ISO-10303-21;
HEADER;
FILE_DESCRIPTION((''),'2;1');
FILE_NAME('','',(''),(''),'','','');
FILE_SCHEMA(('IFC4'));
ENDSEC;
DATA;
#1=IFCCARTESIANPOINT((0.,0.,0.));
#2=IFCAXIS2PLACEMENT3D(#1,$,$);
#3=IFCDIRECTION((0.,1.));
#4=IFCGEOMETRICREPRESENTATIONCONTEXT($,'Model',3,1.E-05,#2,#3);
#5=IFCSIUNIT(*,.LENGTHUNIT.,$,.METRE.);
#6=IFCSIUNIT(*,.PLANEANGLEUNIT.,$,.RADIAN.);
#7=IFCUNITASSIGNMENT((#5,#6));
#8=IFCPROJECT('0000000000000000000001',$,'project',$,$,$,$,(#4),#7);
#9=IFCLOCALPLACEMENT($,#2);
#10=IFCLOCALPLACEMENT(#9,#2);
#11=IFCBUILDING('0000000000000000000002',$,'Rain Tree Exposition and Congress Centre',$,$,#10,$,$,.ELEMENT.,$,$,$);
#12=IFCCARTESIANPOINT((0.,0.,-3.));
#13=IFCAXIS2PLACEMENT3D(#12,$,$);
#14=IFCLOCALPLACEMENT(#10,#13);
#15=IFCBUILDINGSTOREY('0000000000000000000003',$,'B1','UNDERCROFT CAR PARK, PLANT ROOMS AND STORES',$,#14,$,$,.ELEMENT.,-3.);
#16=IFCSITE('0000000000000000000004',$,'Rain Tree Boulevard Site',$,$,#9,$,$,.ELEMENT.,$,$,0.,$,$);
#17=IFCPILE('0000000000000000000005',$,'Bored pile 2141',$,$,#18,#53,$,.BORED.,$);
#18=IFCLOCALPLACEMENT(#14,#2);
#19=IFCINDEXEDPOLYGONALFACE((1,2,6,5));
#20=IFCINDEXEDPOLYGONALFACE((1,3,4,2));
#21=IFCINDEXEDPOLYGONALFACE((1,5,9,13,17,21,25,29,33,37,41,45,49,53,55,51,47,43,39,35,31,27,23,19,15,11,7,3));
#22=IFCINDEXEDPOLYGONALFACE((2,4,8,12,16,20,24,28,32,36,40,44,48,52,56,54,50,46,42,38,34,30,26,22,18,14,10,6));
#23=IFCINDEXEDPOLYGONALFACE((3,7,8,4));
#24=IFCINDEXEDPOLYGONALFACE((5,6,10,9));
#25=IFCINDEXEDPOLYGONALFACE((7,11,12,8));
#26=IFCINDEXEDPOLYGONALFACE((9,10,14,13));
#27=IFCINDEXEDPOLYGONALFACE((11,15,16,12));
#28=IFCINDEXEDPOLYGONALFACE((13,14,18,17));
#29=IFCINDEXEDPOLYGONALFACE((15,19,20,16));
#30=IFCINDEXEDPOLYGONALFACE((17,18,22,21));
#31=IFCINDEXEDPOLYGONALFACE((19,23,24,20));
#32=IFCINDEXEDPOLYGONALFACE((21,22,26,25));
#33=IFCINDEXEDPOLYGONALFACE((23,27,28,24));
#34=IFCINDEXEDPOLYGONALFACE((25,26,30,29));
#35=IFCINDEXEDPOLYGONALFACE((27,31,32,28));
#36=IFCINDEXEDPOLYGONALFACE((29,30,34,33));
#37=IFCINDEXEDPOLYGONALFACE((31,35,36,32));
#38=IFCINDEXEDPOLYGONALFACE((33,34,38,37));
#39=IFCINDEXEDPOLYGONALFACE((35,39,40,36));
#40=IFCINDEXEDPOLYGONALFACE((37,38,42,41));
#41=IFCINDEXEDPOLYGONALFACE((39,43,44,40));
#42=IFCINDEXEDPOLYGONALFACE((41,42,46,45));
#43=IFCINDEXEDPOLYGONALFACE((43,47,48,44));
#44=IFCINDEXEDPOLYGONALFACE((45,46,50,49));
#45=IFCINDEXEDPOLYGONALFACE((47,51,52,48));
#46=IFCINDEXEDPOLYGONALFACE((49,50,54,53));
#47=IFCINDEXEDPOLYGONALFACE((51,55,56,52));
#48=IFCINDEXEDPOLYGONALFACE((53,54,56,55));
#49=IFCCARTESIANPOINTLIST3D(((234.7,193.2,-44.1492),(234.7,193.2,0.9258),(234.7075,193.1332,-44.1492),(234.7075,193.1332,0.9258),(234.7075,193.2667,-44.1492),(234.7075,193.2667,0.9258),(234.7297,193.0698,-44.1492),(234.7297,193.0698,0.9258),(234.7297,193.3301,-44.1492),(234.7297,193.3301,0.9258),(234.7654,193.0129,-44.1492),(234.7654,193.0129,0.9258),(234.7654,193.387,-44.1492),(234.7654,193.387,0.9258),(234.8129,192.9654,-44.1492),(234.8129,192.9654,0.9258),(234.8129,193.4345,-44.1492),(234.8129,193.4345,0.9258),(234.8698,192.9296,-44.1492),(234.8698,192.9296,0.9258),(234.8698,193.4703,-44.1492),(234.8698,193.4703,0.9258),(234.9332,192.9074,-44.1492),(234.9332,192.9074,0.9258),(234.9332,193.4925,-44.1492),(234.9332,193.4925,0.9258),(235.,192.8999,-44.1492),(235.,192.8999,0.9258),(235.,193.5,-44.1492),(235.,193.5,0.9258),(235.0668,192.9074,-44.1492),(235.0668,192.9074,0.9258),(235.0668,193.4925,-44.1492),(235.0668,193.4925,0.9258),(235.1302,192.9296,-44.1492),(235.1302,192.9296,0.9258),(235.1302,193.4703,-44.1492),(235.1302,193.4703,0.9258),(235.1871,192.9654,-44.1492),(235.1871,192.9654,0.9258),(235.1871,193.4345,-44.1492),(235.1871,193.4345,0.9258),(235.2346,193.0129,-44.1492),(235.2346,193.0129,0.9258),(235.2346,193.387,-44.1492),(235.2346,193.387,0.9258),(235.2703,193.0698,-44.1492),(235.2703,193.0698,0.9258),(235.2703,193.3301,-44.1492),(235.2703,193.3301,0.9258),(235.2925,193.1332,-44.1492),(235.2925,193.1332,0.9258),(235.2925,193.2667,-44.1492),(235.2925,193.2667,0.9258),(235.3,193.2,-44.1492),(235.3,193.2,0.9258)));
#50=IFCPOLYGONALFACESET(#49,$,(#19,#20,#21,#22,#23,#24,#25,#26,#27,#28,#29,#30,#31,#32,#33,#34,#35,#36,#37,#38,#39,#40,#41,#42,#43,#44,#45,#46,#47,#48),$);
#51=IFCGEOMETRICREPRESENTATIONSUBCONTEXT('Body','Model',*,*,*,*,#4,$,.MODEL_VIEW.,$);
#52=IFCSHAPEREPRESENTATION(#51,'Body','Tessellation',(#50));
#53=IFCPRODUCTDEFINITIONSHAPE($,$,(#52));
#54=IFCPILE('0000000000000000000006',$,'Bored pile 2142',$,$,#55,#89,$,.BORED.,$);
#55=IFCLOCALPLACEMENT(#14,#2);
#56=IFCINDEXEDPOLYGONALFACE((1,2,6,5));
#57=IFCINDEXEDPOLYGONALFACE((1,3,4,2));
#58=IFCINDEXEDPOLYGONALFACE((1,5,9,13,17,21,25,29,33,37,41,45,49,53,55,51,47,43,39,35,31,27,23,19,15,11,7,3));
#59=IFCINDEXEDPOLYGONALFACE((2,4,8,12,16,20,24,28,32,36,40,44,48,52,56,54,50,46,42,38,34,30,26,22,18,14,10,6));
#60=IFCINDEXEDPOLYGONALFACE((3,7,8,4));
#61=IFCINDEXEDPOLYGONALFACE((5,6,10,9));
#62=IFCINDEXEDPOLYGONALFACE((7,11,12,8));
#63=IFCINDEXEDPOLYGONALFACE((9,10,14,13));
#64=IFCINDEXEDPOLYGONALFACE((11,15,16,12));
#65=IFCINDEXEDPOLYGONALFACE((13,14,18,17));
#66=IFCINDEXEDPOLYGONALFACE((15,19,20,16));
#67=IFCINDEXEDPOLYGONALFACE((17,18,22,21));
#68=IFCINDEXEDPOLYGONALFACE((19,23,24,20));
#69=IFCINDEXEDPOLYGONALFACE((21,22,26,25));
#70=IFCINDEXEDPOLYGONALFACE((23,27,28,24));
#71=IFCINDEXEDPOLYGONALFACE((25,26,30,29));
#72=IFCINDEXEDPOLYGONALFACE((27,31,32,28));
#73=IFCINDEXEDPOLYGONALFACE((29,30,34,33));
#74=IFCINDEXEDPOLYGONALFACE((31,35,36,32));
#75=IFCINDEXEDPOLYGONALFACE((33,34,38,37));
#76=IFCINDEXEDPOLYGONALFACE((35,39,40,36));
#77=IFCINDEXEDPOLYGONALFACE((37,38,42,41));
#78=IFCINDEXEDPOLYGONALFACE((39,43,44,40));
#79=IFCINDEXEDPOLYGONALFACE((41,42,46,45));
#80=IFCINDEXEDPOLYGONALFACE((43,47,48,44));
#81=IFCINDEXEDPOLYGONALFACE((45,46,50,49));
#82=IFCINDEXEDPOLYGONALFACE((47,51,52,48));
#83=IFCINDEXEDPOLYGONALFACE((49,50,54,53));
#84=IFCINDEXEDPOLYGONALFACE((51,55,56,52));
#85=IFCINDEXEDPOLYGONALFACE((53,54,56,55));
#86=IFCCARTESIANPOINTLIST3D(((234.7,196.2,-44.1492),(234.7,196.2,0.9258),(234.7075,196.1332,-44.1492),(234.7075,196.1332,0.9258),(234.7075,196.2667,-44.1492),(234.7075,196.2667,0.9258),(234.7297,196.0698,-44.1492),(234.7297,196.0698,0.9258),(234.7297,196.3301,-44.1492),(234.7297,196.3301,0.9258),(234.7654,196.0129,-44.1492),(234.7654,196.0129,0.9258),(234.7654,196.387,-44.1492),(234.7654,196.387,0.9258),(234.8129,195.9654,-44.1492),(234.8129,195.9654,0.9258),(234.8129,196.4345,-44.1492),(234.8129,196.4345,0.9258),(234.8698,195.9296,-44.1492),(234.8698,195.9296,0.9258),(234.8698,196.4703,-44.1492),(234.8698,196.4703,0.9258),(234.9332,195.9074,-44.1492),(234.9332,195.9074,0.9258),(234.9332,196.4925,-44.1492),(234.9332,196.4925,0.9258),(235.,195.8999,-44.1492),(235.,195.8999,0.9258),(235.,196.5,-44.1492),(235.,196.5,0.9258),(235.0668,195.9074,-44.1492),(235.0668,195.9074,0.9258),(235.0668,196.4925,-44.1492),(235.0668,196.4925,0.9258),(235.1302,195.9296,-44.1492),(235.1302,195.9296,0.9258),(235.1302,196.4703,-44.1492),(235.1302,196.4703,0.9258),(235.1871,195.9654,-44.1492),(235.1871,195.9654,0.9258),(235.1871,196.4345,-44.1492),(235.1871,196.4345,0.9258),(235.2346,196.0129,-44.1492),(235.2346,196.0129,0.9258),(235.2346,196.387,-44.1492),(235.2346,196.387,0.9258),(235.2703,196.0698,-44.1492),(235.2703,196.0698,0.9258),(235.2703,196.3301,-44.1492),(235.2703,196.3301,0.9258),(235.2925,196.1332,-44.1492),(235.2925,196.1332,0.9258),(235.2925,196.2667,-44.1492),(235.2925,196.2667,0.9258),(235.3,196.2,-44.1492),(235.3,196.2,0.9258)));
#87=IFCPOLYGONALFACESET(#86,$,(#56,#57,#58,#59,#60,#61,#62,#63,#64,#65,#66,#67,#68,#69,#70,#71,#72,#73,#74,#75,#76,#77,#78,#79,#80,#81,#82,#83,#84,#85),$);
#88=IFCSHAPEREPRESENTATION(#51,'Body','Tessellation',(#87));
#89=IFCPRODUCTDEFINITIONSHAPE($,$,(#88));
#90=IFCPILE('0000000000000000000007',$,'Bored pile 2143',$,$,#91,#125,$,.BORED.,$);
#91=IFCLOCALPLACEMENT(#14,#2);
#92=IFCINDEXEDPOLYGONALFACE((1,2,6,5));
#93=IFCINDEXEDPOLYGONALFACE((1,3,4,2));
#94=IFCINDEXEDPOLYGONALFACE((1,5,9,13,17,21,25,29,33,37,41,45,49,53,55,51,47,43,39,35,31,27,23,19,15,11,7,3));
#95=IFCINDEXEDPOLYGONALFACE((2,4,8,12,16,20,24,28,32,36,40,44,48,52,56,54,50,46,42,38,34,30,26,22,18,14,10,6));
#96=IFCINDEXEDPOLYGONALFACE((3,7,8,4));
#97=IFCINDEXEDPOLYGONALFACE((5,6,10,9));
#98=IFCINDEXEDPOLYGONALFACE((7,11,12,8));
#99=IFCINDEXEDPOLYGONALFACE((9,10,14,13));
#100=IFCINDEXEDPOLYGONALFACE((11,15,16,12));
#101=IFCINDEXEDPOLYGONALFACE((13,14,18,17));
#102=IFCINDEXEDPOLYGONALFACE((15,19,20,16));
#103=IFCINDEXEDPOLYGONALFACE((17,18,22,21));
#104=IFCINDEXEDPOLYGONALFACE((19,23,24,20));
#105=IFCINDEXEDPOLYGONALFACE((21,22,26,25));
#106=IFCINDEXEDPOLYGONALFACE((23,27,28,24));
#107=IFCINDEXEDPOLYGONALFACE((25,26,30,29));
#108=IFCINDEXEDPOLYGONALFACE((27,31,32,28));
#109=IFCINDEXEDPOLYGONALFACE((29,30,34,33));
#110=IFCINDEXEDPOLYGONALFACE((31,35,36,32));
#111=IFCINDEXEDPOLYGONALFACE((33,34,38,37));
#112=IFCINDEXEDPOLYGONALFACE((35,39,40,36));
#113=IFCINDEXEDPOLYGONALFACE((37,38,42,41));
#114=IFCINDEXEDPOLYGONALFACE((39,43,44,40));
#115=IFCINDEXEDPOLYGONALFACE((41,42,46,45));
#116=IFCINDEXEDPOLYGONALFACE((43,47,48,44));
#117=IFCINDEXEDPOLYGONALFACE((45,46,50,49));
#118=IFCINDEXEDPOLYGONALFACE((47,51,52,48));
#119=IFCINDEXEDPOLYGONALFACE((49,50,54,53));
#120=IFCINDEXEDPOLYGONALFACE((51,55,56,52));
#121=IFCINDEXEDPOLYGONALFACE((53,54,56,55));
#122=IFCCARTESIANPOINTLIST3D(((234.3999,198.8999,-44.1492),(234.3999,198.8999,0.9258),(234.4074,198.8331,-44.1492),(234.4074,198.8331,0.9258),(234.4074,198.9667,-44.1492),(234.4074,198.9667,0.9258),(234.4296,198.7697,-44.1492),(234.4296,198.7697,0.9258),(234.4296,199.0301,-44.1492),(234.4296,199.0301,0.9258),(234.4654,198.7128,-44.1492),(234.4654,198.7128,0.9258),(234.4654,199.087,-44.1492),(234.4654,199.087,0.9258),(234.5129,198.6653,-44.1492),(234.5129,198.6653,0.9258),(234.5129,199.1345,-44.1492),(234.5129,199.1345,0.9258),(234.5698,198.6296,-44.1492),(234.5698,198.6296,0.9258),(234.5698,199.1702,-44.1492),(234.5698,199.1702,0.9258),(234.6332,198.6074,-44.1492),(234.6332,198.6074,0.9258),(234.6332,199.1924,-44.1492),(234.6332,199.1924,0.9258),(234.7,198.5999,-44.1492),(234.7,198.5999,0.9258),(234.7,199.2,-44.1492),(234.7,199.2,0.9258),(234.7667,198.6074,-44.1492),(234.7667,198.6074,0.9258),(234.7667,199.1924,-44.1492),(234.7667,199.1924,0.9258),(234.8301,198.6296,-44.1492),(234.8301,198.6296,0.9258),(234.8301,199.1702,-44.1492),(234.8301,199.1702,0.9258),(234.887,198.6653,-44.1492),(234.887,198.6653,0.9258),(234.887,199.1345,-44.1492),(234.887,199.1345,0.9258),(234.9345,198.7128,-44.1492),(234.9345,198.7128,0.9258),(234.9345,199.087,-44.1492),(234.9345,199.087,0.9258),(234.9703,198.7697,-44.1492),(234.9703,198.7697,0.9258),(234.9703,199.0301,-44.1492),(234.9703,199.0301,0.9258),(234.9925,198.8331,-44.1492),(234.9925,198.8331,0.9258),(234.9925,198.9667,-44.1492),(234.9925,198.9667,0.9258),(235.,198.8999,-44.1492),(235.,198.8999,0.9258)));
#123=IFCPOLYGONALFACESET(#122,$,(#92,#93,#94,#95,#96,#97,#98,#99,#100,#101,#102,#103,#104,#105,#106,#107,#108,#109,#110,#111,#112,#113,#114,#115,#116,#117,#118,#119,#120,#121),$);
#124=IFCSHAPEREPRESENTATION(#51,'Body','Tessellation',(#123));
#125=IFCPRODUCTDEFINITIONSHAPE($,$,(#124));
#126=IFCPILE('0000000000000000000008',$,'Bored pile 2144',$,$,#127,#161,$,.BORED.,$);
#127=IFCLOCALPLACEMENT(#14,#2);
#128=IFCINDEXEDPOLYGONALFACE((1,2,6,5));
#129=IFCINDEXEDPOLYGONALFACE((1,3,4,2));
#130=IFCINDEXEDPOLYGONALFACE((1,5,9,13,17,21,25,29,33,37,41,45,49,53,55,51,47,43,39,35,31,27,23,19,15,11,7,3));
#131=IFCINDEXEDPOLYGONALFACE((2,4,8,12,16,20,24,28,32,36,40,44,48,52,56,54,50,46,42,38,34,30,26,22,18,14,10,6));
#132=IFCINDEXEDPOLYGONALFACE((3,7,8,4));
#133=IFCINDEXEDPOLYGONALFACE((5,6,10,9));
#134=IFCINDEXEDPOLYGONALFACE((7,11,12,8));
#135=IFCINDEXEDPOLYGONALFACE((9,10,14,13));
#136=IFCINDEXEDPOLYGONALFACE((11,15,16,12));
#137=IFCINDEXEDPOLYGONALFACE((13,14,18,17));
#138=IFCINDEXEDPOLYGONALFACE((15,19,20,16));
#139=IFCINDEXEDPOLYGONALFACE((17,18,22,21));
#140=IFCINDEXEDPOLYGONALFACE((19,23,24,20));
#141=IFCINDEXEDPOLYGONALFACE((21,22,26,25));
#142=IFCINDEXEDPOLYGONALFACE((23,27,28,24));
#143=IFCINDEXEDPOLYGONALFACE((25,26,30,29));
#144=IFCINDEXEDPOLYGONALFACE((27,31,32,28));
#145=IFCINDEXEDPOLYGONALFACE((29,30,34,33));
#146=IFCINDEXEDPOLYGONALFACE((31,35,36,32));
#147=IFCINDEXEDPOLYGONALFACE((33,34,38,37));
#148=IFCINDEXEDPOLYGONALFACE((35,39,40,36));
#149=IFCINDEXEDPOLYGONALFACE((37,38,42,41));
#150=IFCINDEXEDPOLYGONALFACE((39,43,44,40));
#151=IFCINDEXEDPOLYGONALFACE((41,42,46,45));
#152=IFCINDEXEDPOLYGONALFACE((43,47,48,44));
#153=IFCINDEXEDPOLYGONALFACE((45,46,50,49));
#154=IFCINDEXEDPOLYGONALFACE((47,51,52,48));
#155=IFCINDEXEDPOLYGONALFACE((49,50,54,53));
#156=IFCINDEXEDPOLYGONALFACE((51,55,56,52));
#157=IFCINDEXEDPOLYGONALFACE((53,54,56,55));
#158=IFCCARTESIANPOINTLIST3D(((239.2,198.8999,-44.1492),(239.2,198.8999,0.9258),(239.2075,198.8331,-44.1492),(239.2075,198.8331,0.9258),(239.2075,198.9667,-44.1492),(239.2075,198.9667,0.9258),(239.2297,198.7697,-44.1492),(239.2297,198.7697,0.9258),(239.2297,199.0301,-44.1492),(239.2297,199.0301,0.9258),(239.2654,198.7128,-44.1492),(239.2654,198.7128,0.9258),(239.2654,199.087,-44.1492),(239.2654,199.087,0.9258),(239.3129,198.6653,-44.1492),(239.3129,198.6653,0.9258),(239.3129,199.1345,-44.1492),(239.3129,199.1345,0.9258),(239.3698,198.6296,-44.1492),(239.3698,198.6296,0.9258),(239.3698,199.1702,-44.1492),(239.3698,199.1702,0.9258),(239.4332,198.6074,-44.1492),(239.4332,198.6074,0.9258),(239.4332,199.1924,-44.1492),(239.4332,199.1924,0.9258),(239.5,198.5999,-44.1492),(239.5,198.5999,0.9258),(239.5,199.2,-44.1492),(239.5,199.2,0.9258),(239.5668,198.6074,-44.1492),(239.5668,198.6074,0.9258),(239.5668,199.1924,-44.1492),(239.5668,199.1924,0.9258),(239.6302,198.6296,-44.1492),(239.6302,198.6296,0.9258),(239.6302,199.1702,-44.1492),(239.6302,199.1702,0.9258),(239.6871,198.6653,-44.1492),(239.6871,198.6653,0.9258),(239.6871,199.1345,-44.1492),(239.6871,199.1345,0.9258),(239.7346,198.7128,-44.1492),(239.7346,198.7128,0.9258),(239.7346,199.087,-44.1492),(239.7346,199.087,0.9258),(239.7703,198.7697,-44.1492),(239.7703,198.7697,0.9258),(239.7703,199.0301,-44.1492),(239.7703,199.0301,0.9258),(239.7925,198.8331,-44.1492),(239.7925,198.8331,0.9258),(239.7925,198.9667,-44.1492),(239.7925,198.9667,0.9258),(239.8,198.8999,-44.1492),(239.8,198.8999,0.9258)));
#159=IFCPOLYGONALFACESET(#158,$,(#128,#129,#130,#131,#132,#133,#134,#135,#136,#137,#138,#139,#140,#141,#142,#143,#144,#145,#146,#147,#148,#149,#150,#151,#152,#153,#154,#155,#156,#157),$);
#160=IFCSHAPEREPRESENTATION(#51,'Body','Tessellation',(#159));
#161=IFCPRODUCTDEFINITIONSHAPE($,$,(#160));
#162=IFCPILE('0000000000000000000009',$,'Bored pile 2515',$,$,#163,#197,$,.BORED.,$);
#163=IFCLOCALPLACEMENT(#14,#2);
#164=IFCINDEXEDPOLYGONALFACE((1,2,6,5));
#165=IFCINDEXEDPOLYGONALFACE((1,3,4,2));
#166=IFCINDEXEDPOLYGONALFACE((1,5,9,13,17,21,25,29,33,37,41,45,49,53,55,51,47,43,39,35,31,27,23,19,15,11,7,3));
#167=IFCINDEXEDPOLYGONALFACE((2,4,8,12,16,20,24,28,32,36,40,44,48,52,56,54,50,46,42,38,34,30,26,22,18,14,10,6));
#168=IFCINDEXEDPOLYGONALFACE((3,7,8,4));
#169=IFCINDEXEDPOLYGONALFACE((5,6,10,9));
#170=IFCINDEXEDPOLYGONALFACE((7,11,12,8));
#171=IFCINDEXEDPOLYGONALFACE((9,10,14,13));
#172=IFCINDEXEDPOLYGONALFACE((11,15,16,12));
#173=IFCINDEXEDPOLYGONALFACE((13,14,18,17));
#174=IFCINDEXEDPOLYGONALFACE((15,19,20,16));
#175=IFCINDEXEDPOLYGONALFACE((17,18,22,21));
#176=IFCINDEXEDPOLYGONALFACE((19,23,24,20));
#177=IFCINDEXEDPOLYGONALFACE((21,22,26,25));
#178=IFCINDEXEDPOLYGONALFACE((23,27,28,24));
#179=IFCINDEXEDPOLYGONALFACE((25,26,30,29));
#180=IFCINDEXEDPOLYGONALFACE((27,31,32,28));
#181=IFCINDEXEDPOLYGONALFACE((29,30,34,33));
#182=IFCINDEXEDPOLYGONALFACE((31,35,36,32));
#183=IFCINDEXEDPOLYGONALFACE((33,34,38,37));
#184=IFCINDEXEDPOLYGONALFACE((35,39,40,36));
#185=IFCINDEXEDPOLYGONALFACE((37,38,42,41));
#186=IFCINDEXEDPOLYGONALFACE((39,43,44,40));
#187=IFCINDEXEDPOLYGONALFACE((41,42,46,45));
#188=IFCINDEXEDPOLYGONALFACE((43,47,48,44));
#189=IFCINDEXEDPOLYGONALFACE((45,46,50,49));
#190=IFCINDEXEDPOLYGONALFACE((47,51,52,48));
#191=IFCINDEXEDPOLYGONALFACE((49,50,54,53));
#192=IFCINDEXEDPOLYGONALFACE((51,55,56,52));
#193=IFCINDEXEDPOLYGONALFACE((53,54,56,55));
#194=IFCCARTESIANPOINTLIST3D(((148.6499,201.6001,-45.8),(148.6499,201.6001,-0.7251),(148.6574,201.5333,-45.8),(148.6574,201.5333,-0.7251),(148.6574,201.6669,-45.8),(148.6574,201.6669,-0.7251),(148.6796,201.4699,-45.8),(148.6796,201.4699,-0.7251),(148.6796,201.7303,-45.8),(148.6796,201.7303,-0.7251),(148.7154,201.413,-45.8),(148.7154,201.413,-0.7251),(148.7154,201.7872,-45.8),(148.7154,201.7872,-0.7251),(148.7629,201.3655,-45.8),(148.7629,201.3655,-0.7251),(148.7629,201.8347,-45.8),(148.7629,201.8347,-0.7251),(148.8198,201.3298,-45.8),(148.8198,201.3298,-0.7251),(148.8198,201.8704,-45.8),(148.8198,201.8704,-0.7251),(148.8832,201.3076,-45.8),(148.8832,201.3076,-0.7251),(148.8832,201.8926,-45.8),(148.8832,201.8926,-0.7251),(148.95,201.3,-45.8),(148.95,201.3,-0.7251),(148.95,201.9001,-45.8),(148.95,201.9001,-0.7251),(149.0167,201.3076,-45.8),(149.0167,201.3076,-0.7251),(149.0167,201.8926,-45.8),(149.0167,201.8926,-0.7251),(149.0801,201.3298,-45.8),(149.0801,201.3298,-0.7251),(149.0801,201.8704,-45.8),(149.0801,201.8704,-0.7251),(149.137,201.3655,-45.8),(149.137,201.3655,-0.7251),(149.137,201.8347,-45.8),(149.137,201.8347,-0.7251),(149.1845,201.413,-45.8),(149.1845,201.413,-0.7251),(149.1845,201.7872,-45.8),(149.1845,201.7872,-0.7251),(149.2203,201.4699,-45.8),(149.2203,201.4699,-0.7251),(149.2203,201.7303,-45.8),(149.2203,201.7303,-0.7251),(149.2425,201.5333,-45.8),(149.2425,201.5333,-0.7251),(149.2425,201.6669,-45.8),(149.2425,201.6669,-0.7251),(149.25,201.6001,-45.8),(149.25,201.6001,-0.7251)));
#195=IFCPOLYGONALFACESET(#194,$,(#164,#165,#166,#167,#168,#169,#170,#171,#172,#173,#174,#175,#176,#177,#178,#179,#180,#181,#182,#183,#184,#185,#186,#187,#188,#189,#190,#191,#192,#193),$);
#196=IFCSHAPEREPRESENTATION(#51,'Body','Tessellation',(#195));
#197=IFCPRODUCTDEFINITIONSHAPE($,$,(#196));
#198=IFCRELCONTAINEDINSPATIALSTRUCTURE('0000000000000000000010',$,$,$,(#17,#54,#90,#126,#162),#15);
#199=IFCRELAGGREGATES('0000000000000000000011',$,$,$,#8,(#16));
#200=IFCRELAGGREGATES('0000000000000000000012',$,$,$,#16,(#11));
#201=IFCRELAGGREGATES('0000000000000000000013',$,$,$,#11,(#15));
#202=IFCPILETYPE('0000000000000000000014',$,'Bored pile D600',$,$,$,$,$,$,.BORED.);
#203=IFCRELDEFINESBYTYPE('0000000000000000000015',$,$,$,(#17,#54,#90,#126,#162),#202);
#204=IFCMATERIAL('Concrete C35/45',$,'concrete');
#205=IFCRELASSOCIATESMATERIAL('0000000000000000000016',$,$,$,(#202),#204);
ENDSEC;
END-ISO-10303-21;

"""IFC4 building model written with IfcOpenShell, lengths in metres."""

from ifc_helpers import new_model, si_unit, direction, frame, origin, origin_2d, place, context, subcontext, project, spatial, circle, extrude, material, material_profile, profile_set, type_object, element, save


model = new_model("IFC4")

# Units and contexts
model_context = context("Model", 3, precision=1e-05, world=origin(), true_north=direction((0.0, 1.0)))
body_context = subcontext(model_context, "Body", "Model", "MODEL_VIEW")
ifc_project = project(units=[si_unit("LENGTHUNIT", "METRE"), si_unit("PLANEANGLEUNIT", "RADIAN")], contexts=[model_context])

# Site, building, storey
site_placement = place(None, origin())
site = spatial("IfcSite", under=ifc_project, at=site_placement, Name="Rain Tree Boulevard Site", CompositionType="ELEMENT", RefElevation=0.0)
building_placement = place(site_placement, origin())
building = spatial("IfcBuilding", under=site, at=building_placement, Name="Rain Tree Exposition and Congress Centre", CompositionType="ELEMENT")
storey_placement = place(building_placement, frame((0.0, 0.0, -3.0)))
storey = spatial("IfcBuildingStorey", under=building, at=storey_placement, Name="B1", Description="UNDERCROFT CAR PARK, PLANT ROOMS AND STORES", CompositionType="ELEMENT", Elevation=-3.0)

# Piles
ifc_material_1 = material(Name="Concrete C35/45", Category="concrete")
ifc_material_profile_1 = material_profile(ifc_material_1, circle(Radius=0.3, at=origin_2d()), Name="D600")
ifc_profile_set_1 = profile_set([ifc_material_profile_1], Name="Concrete C35/45")
pile_type_1 = type_object("IfcPileType", Name="Bored pile D600", PredefinedType="BORED", material=ifc_profile_set_1)
for number, where, z_axis, x_axis, name in (
    (1, (235.0, 193.2, 0.9258), (0.0, 0.0, -1.0), (1.0, 0.0, 0.0), "Bored pile 2141"),
    (2, (235.0, 196.2, 0.9258), (0.0, 0.0, -1.0), (1.0, 0.0, 0.0), "Bored pile 2142"),
    (3, (234.7, 198.8999, 0.9258), (0.0, 0.0, -1.0), (1.0, 0.0, 0.0), "Bored pile 2143"),
    (4, (239.5, 198.8999, 0.9258), (0.0, 0.0, -1.0), (1.0, 0.0, 0.0), "Bored pile 2144"),
    (5, (148.95, 201.6001, -0.7251), (0.0, 0.0, -1.0), (1.0, 0.0, 0.0), "Bored pile 2515"),
):
    element("IfcPile", number, at=place(storey_placement, frame(where, z_axis=z_axis, x_axis=x_axis)), inside=storey, type_object=pile_type_1, Name=name, PredefinedType="BORED", context=body_context, shape_type="SweptSolid", body=[
        extrude(circle(Radius=0.3, at=origin_2d()), origin(), (0.0, 0.0, 1.0), 45.075),
    ])

save(model, "model.ifc")
